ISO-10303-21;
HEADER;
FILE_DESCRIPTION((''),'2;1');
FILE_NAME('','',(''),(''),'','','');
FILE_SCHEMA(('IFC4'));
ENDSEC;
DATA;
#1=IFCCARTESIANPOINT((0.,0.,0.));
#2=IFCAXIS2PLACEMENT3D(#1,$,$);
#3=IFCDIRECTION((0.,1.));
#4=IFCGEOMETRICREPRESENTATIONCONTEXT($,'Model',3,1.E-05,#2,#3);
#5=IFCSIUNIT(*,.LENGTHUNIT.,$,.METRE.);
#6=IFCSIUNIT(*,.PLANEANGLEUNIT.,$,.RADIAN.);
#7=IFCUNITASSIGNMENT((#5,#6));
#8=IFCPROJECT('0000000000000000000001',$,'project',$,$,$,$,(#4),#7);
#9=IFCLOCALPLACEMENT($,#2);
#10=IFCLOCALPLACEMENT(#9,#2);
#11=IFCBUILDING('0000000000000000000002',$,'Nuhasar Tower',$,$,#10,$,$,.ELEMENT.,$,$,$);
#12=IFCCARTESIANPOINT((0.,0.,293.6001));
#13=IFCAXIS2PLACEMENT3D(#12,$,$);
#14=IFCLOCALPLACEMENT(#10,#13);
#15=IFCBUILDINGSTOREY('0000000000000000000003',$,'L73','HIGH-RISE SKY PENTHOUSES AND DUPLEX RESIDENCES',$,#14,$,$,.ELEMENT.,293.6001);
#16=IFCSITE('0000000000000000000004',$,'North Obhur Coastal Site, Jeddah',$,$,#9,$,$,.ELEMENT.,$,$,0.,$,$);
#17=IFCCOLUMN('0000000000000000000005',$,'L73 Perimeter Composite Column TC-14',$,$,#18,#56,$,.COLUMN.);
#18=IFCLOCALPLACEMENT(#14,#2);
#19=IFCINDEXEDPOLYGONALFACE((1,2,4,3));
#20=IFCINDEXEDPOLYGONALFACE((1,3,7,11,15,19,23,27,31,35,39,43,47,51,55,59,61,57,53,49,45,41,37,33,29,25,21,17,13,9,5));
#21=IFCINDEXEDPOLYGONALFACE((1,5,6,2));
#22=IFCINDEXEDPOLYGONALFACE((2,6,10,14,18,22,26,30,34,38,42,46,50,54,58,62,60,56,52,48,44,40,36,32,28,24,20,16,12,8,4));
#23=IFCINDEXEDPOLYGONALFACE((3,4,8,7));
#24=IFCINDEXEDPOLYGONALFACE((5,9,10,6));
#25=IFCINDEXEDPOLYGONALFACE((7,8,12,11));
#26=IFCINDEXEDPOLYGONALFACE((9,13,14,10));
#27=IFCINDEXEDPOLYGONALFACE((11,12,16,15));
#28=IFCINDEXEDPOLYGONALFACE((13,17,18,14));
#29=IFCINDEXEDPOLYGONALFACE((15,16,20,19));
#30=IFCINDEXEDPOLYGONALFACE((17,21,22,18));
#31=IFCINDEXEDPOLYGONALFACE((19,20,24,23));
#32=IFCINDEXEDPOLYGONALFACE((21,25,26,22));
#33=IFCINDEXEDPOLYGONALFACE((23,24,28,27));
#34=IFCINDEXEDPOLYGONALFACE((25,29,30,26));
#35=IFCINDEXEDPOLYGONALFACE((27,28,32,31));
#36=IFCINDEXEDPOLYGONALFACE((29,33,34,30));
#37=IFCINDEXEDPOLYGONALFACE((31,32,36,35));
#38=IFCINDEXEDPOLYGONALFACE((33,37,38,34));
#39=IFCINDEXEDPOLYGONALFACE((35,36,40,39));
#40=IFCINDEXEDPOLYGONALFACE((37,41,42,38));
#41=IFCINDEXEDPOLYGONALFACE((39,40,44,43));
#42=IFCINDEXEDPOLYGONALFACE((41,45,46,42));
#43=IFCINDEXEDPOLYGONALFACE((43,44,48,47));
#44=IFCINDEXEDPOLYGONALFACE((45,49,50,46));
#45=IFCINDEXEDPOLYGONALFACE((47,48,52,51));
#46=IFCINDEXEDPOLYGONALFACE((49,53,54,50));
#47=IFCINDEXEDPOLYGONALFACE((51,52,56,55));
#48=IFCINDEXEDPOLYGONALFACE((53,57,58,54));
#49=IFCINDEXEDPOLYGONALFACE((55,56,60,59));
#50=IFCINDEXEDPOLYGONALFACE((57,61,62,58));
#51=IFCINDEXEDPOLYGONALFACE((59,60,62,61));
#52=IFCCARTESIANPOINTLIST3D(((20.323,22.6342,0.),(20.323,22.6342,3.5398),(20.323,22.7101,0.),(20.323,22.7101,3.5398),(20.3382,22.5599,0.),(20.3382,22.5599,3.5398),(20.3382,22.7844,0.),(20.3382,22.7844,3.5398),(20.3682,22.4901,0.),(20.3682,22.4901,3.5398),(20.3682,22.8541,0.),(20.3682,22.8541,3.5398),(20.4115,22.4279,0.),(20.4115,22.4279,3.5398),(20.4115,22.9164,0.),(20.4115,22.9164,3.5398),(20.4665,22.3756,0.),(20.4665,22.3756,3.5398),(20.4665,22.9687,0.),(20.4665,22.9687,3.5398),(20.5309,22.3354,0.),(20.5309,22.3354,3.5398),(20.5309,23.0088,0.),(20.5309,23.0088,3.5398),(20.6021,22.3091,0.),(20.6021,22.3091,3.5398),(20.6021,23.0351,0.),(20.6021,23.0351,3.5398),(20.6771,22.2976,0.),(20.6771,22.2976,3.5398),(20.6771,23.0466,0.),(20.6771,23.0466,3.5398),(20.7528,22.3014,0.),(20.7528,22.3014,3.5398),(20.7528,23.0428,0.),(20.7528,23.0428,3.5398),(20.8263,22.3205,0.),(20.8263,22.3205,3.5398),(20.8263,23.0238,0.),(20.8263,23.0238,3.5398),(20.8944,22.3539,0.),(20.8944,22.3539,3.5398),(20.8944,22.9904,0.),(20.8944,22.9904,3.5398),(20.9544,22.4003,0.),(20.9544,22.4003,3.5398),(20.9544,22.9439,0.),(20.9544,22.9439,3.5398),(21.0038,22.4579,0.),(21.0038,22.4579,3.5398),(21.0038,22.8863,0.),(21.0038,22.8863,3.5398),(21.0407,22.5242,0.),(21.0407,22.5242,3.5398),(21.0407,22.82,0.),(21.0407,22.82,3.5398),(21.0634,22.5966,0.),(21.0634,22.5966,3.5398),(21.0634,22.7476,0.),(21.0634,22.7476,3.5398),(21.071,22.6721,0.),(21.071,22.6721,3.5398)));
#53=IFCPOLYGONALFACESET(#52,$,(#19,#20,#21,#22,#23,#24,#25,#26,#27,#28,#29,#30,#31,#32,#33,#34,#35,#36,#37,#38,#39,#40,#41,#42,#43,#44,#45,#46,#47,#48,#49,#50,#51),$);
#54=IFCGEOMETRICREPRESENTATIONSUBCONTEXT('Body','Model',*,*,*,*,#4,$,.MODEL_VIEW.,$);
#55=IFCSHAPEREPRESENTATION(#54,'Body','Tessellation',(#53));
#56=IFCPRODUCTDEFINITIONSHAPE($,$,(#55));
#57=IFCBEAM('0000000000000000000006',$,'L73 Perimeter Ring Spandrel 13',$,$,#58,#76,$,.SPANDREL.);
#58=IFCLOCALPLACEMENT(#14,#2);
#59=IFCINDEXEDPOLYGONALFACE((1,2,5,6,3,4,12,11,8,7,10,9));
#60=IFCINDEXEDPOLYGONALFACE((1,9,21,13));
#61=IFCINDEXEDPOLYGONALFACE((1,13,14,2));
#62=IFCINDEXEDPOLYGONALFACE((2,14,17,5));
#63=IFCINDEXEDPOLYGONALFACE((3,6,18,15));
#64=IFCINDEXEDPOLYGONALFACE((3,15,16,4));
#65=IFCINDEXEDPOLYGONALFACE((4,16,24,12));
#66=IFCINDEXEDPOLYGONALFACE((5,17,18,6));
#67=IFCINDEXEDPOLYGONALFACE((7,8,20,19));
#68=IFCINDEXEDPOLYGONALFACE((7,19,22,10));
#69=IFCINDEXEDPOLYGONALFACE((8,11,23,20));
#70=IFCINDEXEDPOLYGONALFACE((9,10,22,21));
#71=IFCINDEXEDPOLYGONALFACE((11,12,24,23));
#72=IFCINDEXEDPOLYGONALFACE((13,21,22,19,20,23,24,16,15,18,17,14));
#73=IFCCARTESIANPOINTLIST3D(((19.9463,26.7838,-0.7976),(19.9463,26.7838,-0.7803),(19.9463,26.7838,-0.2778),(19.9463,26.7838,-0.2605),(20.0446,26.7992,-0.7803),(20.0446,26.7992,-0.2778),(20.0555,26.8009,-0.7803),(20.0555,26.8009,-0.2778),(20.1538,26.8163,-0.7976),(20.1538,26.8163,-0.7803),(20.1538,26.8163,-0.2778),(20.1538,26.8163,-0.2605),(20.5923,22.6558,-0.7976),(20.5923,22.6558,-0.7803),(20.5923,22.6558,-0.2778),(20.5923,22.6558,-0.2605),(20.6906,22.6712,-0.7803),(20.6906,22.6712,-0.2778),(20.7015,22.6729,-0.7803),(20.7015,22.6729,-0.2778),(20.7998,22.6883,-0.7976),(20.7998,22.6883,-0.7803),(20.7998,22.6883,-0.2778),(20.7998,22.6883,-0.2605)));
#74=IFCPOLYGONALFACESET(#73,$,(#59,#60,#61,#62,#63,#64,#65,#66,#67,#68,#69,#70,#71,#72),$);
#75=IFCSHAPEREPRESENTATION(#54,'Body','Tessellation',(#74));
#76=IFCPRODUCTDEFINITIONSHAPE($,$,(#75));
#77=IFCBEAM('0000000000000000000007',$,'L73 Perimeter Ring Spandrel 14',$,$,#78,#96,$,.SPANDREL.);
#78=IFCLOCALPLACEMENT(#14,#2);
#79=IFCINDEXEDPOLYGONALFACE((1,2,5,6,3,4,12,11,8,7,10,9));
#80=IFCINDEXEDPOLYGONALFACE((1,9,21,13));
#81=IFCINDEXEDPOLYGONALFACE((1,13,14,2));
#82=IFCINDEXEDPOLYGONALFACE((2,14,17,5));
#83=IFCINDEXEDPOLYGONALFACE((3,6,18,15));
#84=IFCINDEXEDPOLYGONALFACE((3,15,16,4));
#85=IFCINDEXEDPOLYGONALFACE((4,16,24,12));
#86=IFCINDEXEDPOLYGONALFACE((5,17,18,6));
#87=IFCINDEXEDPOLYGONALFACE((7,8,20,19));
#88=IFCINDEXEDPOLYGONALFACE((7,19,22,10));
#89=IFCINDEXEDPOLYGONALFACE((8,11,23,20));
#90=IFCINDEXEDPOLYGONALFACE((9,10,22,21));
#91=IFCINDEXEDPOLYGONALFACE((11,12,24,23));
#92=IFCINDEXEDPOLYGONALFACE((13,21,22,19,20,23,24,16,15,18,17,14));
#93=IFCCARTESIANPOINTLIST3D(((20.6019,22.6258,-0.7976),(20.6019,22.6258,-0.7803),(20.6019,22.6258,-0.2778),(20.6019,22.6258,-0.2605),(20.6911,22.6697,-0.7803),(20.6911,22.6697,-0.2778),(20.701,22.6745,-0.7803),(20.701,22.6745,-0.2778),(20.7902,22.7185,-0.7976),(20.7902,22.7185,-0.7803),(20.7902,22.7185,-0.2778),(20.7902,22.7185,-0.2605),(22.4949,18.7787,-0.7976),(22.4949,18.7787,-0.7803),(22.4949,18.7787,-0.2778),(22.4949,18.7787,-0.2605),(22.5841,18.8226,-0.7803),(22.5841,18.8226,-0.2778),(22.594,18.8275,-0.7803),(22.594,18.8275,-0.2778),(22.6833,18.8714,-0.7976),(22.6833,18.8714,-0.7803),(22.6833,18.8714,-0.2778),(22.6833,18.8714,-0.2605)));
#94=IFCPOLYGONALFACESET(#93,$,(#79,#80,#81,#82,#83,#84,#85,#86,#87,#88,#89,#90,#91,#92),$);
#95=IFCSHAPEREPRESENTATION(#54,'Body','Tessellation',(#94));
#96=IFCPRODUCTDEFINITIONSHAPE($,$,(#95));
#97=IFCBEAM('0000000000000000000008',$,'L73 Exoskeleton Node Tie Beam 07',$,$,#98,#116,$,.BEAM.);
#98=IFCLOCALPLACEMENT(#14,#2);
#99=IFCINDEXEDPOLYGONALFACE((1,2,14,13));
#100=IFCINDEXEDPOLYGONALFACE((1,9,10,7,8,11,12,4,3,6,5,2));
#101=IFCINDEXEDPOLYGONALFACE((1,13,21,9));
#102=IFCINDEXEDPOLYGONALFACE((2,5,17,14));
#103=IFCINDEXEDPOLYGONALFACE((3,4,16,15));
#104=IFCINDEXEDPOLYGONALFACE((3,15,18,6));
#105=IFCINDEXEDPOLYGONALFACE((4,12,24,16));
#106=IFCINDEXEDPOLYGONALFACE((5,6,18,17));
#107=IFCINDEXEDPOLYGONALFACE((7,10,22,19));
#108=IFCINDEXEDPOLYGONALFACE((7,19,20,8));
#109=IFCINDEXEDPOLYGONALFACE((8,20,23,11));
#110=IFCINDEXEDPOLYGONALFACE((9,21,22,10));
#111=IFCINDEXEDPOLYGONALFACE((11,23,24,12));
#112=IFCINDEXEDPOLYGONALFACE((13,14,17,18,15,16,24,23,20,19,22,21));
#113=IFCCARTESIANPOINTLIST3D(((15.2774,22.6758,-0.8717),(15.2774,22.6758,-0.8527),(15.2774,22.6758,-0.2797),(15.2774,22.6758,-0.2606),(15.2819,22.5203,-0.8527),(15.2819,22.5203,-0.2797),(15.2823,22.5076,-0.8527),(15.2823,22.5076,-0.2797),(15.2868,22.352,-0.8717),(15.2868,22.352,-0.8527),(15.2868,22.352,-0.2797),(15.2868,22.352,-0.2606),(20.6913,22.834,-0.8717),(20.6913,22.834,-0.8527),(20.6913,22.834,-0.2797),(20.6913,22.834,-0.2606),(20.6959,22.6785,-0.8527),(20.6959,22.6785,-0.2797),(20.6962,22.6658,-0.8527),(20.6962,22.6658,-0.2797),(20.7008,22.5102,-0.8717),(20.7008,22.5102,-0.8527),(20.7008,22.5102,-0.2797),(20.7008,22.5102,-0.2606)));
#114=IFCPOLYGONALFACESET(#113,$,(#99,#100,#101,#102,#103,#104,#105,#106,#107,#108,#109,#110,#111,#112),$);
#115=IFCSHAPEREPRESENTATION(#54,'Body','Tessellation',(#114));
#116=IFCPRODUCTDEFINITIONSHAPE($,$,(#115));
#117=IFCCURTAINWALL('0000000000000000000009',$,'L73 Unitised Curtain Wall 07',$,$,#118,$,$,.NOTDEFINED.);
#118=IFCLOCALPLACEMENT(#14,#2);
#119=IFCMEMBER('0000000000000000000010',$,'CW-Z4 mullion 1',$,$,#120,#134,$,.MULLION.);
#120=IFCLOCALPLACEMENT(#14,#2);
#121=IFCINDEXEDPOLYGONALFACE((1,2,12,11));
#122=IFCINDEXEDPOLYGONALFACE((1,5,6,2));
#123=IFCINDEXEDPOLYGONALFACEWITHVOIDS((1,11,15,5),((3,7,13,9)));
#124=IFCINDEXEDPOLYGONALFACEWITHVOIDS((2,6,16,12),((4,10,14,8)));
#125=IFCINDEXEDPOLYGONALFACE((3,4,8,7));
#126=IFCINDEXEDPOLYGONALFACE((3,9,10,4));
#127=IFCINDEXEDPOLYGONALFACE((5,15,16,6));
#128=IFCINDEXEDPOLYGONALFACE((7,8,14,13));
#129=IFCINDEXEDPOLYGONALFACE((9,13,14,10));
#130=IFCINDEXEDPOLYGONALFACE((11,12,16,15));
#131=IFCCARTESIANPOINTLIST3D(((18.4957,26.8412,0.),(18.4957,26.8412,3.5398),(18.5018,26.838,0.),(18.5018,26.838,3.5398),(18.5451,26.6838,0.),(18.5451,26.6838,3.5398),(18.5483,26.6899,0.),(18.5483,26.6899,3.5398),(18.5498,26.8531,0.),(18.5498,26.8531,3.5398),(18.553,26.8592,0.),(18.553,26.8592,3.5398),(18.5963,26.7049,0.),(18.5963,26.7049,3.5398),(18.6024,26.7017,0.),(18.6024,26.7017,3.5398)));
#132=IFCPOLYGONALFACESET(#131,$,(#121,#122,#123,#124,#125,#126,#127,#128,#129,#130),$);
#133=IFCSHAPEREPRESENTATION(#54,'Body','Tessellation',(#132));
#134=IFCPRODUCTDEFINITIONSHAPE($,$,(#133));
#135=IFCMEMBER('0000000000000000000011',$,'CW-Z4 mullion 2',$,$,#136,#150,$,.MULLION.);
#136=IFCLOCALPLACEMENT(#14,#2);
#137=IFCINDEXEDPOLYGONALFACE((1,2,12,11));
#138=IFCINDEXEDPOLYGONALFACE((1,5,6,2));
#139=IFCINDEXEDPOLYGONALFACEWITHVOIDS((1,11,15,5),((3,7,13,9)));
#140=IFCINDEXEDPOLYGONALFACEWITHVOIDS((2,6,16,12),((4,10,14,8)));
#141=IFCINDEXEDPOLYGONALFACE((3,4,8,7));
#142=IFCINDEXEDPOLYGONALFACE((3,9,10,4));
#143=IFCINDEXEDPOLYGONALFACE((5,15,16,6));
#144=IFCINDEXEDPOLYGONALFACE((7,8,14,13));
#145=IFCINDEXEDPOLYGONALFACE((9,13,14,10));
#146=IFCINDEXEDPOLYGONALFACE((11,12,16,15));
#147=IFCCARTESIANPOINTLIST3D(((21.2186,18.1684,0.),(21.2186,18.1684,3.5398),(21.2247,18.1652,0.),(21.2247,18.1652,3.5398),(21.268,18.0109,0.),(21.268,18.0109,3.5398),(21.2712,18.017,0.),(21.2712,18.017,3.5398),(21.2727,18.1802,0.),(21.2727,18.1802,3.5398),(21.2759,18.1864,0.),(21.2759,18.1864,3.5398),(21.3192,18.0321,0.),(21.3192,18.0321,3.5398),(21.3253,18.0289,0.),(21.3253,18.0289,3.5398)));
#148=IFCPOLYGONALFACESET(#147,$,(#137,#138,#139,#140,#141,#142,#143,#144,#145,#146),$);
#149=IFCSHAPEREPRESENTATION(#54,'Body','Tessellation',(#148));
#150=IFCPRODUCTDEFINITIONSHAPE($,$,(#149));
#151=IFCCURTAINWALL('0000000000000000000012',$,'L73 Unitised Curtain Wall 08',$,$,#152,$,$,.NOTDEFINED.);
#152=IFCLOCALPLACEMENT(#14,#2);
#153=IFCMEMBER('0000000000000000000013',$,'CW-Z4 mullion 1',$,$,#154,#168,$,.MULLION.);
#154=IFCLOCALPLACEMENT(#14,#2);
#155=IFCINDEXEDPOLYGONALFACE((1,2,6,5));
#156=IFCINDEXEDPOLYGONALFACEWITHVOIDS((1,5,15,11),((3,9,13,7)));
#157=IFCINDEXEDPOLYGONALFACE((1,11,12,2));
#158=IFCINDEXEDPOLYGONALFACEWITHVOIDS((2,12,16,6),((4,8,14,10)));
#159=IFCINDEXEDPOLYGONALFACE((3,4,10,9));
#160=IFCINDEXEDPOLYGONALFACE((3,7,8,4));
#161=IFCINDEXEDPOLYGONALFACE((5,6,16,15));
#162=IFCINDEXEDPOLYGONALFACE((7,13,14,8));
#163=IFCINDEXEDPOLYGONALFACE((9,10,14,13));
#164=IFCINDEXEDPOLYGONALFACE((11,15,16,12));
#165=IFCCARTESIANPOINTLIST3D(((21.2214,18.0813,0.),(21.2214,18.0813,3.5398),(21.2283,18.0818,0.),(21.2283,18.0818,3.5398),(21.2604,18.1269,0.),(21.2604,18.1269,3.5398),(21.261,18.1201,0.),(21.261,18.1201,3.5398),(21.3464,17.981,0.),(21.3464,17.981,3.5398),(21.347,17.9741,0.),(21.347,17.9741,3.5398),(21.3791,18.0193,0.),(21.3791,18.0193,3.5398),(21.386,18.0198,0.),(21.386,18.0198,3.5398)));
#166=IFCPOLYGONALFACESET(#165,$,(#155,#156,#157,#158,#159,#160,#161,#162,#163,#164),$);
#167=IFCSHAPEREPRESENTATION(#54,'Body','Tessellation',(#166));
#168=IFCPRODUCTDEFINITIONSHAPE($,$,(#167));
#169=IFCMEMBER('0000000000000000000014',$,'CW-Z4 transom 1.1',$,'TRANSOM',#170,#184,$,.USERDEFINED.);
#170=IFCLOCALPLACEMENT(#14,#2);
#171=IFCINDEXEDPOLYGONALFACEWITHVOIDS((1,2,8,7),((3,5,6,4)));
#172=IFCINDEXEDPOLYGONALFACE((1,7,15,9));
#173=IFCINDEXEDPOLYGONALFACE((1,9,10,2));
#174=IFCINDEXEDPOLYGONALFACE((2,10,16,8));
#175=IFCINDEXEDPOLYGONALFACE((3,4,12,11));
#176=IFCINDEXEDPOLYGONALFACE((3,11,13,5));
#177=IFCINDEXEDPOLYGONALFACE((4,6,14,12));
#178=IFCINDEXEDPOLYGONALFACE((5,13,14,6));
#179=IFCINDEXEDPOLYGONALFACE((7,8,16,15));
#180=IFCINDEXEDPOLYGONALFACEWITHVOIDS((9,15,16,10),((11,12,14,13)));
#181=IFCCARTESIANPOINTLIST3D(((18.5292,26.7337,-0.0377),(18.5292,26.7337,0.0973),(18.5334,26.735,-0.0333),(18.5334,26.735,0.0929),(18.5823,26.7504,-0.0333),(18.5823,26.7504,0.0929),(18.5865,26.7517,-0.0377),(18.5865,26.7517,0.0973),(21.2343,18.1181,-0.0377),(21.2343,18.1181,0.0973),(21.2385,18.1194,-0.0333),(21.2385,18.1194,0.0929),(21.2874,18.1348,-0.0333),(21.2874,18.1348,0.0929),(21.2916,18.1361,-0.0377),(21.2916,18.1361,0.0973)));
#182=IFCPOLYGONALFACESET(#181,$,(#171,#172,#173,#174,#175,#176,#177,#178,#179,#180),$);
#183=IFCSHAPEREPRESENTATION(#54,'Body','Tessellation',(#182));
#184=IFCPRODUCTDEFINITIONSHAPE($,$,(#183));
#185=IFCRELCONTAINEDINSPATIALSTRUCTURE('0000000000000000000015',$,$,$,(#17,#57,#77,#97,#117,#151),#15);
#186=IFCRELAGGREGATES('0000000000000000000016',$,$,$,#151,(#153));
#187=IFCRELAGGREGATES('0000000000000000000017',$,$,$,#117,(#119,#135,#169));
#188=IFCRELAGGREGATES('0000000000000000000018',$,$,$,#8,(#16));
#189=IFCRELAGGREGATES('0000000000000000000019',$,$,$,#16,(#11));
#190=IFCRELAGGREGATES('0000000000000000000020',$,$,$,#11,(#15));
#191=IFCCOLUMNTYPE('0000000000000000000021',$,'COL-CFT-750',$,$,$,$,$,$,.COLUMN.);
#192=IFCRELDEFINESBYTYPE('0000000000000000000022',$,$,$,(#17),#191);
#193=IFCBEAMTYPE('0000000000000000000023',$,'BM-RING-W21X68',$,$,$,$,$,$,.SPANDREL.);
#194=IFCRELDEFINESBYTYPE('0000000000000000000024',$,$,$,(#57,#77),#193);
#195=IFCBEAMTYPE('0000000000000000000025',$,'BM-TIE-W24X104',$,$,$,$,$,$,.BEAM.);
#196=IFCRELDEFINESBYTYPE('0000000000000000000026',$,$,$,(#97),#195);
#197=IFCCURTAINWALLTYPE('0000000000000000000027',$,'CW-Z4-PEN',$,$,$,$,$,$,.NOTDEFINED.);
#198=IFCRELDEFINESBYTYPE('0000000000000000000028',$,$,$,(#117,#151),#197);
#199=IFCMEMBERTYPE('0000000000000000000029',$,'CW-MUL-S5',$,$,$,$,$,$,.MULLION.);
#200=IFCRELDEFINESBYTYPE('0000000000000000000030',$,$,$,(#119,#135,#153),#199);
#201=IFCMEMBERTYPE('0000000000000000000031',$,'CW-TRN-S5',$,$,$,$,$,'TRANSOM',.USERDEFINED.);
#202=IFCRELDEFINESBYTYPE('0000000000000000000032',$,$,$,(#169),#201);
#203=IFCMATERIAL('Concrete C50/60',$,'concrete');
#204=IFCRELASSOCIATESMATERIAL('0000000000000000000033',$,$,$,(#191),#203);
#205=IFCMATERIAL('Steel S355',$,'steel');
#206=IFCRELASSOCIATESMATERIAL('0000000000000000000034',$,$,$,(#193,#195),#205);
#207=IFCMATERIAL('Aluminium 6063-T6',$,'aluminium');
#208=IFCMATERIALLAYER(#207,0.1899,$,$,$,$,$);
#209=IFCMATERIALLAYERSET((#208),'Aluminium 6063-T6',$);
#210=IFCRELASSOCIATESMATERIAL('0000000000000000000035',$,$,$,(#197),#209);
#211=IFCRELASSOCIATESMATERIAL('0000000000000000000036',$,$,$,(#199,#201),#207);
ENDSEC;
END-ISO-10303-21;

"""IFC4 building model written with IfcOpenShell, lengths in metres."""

from ifc_helpers import new_model, si_unit, direction, frame, origin, origin_2d, place, context, subcontext, project, spatial, hollow_rectangle, circle, i_section, extrude, material, layer, layer_set, material_profile, profile_set, type_object, element, aggregate, save


model = new_model("IFC4")

# Units and contexts
model_context = context("Model", 3, precision=1e-05, world=origin(), true_north=direction((0.0, 1.0)))
body_context = subcontext(model_context, "Body", "Model", "MODEL_VIEW")
ifc_project = project(units=[si_unit("LENGTHUNIT", "METRE"), si_unit("PLANEANGLEUNIT", "RADIAN")], contexts=[model_context])

# Site, building, storey
site_placement = place(None, origin())
site = spatial("IfcSite", under=ifc_project, at=site_placement, Name="North Obhur Coastal Site, Jeddah", CompositionType="ELEMENT", RefElevation=0.0)
building_placement = place(site_placement, origin())
building = spatial("IfcBuilding", under=site, at=building_placement, Name="Nuhasar Tower", CompositionType="ELEMENT")
storey_placement = place(building_placement, frame((0.0, 0.0, 293.6001)))
storey = spatial("IfcBuildingStorey", under=building, at=storey_placement, Name="L73", Description="HIGH-RISE SKY PENTHOUSES AND DUPLEX RESIDENCES", CompositionType="ELEMENT", Elevation=293.6001)

# Column
ifc_material_1 = material(Name="Concrete C50/60", Category="concrete")
ifc_material_profile_1 = material_profile(ifc_material_1, circle(Radius=0.375, at=origin_2d()), Name="CFT750")
ifc_profile_set_1 = profile_set([ifc_material_profile_1], Name="Concrete C50/60")
column_type = type_object("IfcColumnType", Name="COL-CFT-750", PredefinedType="COLUMN", material=ifc_profile_set_1)
column_placement = place(storey_placement, frame((20.696, 22.6721, 0.0), z_axis=(0.0, 0.0, 1.0), x_axis=(1.0, 0.0, 0.0)))
element("IfcColumn", 1, at=column_placement, inside=storey, type_object=column_type, Name="L73 Perimeter Composite Column TC-14", PredefinedType="COLUMN", context=body_context, shape_type="SweptSolid", body=[
    extrude(circle(Radius=0.375, at=origin_2d()), origin(), (0.0, 0.0, 1.0), 3.5398),
])

# Beams
ifc_material_2 = material(Name="Steel S355", Category="steel")
ifc_material_profile_2 = material_profile(ifc_material_2, i_section(OverallWidth=0.21, OverallDepth=0.5371, WebThickness=0.011, FlangeThickness=0.0173, at=origin_2d()), Name="W21X68")
ifc_profile_set_2 = profile_set([ifc_material_profile_2], Name="Steel S355")
beam_type_1 = type_object("IfcBeamType", Name="BM-RING-W21X68", PredefinedType="SPANDREL", material=ifc_profile_set_2)
beam_1_placement = place(storey_placement, frame((20.05, 26.8, -0.5291), z_axis=(0.154612, -0.987975, 0.0), x_axis=(0.987975, 0.154612, 0.0)))
element("IfcBeam", 2, at=beam_1_placement, inside=storey, type_object=beam_type_1, Name="L73 Perimeter Ring Spandrel 13", PredefinedType="SPANDREL", context=body_context, shape_type="SweptSolid", body=[
    extrude(i_section(OverallWidth=0.21, OverallDepth=0.5371, WebThickness=0.011, FlangeThickness=0.0173, at=origin_2d()), origin(), (0.0, 0.0, 1.0), 4.1782),
])
beam_2_placement = place(storey_placement, frame((20.696, 22.6721, -0.5291), z_axis=(0.441511, -0.897256, 0.0), x_axis=(0.897256, 0.441511, 0.0)))
element("IfcBeam", 3, at=beam_2_placement, inside=storey, type_object=beam_type_1, Name="L73 Perimeter Ring Spandrel 14", PredefinedType="SPANDREL", context=body_context, shape_type="SweptSolid", body=[
    extrude(i_section(OverallWidth=0.21, OverallDepth=0.5371, WebThickness=0.011, FlangeThickness=0.0173, at=origin_2d()), origin(), (0.0, 0.0, 1.0), 4.2876),
])
ifc_material_profile_3 = material_profile(ifc_material_2, i_section(OverallWidth=0.324, OverallDepth=0.6111, WebThickness=0.0127, FlangeThickness=0.019, at=origin_2d()), Name="W24X104")
ifc_profile_set_3 = profile_set([ifc_material_profile_3], Name="Steel S355")
beam_type_2 = type_object("IfcBeamType", Name="BM-TIE-W24X104", PredefinedType="BEAM", material=ifc_profile_set_3)
beam_3_placement = place(storey_placement, frame((20.696, 22.6721, -0.5662), z_axis=(-0.999573, -0.029208, 0.0), x_axis=(0.029208, -0.999573, 0.0)))
element("IfcBeam", 4, at=beam_3_placement, inside=storey, type_object=beam_type_2, Name="L73 Exoskeleton Node Tie Beam 07", PredefinedType="BEAM", context=body_context, shape_type="SweptSolid", body=[
    extrude(i_section(OverallWidth=0.324, OverallDepth=0.6111, WebThickness=0.0127, FlangeThickness=0.019, at=origin_2d()), origin(), (0.0, 0.0, 1.0), 5.4163),
])

# Curtain wall, members
ifc_material_3 = material(Name="Aluminium 6063-T6", Category="aluminium")
ifc_layer_1 = layer(ifc_material_3, 0.1899)
ifc_layer_set_1 = layer_set([ifc_layer_1], Name="Aluminium 6063-T6")
curtain_wall_type = type_object("IfcCurtainWallType", Name="CW-Z4-PEN", PredefinedType="NOTDEFINED", material=ifc_layer_set_1)
curtain_wall_1_placement = place(storey_placement, origin())
curtain_wall_1 = element("IfcCurtainWall", 5, at=curtain_wall_1_placement, inside=storey, type_object=curtain_wall_type, Name="L73 Unitised Curtain Wall 07", PredefinedType="NOTDEFINED")
ifc_material_profile_4 = material_profile(ifc_material_3, hollow_rectangle(XDim=0.0601, YDim=0.165, WallThickness=0.0049, at=origin_2d()), Name="CWM-5")
ifc_profile_set_4 = profile_set([ifc_material_profile_4], Name="Aluminium 6063-T6")
member_type_1 = type_object("IfcMemberType", Name="CW-MUL-S5", PredefinedType="MULLION", material=ifc_profile_set_4)
member_1_placement = place(storey_placement, frame((18.5491, 26.7715, 0.0), z_axis=(0.0, 0.0, 1.0), x_axis=(0.954079, 0.299557, 0.0)))
member_1 = element("IfcMember", 6, at=member_1_placement, type_object=member_type_1, Name="CW-Z4 mullion 1", PredefinedType="MULLION", context=body_context, shape_type="SweptSolid", body=[
    extrude(hollow_rectangle(XDim=0.0601, YDim=0.165, WallThickness=0.0049, at=origin_2d()), origin(), (0.0, 0.0, 1.0), 3.5398),
])
member_2_placement = place(storey_placement, frame((21.272, 18.0986, 0.0), z_axis=(0.0, 0.0, 1.0), x_axis=(0.954079, 0.299557, 0.0)))
member_2 = element("IfcMember", 7, at=member_2_placement, type_object=member_type_1, Name="CW-Z4 mullion 2", PredefinedType="MULLION", context=body_context, shape_type="SweptSolid", body=[
    extrude(hollow_rectangle(XDim=0.0601, YDim=0.165, WallThickness=0.0049, at=origin_2d()), origin(), (0.0, 0.0, 1.0), 3.5398),
])

# Curtain wall, member
curtain_wall_2_placement = place(storey_placement, origin())
curtain_wall_2 = element("IfcCurtainWall", 8, at=curtain_wall_2_placement, inside=storey, type_object=curtain_wall_type, Name="L73 Unitised Curtain Wall 08", PredefinedType="NOTDEFINED")
member_3_placement = place(storey_placement, frame((21.3037, 18.0505, 0.0), z_axis=(0.0, 0.0, 1.0), x_axis=(0.649142, 0.760667, 0.0)))
member_3 = element("IfcMember", 9, at=member_3_placement, type_object=member_type_1, Name="CW-Z4 mullion 1", PredefinedType="MULLION", context=body_context, shape_type="SweptSolid", body=[
    extrude(hollow_rectangle(XDim=0.0601, YDim=0.165, WallThickness=0.0049, at=origin_2d()), origin(), (0.0, 0.0, 1.0), 3.5398),
])

# Member
ifc_material_profile_5 = material_profile(ifc_material_3, hollow_rectangle(XDim=0.0601, YDim=0.135, WallThickness=0.0044, at=origin_2d()), Name="CWT-5")
ifc_profile_set_5 = profile_set([ifc_material_profile_5], Name="Aluminium 6063-T6")
member_type_2 = type_object("IfcMemberType", Name="CW-TRN-S5", ElementType="TRANSOM", PredefinedType="USERDEFINED", material=ifc_profile_set_5)
member_4_placement = place(storey_placement, frame((18.5579, 26.7427, 0.0298), z_axis=(0.29956, -0.954077, 0.0), x_axis=(0.954077, 0.29956, 0.0)))
member_4 = element("IfcMember", 10, at=member_4_placement, type_object=member_type_2, Name="CW-Z4 transom 1.1", ObjectType="TRANSOM", PredefinedType="USERDEFINED", context=body_context, shape_type="SweptSolid", body=[
    extrude(hollow_rectangle(XDim=0.0601, YDim=0.135, WallThickness=0.0044, at=origin_2d()), origin(), (0.0, 0.0, 1.0), 9.0303),
])
aggregate(curtain_wall_2, [member_3])

aggregate(curtain_wall_1, [member_1, member_2, member_4])

save(model, "model.ifc")
